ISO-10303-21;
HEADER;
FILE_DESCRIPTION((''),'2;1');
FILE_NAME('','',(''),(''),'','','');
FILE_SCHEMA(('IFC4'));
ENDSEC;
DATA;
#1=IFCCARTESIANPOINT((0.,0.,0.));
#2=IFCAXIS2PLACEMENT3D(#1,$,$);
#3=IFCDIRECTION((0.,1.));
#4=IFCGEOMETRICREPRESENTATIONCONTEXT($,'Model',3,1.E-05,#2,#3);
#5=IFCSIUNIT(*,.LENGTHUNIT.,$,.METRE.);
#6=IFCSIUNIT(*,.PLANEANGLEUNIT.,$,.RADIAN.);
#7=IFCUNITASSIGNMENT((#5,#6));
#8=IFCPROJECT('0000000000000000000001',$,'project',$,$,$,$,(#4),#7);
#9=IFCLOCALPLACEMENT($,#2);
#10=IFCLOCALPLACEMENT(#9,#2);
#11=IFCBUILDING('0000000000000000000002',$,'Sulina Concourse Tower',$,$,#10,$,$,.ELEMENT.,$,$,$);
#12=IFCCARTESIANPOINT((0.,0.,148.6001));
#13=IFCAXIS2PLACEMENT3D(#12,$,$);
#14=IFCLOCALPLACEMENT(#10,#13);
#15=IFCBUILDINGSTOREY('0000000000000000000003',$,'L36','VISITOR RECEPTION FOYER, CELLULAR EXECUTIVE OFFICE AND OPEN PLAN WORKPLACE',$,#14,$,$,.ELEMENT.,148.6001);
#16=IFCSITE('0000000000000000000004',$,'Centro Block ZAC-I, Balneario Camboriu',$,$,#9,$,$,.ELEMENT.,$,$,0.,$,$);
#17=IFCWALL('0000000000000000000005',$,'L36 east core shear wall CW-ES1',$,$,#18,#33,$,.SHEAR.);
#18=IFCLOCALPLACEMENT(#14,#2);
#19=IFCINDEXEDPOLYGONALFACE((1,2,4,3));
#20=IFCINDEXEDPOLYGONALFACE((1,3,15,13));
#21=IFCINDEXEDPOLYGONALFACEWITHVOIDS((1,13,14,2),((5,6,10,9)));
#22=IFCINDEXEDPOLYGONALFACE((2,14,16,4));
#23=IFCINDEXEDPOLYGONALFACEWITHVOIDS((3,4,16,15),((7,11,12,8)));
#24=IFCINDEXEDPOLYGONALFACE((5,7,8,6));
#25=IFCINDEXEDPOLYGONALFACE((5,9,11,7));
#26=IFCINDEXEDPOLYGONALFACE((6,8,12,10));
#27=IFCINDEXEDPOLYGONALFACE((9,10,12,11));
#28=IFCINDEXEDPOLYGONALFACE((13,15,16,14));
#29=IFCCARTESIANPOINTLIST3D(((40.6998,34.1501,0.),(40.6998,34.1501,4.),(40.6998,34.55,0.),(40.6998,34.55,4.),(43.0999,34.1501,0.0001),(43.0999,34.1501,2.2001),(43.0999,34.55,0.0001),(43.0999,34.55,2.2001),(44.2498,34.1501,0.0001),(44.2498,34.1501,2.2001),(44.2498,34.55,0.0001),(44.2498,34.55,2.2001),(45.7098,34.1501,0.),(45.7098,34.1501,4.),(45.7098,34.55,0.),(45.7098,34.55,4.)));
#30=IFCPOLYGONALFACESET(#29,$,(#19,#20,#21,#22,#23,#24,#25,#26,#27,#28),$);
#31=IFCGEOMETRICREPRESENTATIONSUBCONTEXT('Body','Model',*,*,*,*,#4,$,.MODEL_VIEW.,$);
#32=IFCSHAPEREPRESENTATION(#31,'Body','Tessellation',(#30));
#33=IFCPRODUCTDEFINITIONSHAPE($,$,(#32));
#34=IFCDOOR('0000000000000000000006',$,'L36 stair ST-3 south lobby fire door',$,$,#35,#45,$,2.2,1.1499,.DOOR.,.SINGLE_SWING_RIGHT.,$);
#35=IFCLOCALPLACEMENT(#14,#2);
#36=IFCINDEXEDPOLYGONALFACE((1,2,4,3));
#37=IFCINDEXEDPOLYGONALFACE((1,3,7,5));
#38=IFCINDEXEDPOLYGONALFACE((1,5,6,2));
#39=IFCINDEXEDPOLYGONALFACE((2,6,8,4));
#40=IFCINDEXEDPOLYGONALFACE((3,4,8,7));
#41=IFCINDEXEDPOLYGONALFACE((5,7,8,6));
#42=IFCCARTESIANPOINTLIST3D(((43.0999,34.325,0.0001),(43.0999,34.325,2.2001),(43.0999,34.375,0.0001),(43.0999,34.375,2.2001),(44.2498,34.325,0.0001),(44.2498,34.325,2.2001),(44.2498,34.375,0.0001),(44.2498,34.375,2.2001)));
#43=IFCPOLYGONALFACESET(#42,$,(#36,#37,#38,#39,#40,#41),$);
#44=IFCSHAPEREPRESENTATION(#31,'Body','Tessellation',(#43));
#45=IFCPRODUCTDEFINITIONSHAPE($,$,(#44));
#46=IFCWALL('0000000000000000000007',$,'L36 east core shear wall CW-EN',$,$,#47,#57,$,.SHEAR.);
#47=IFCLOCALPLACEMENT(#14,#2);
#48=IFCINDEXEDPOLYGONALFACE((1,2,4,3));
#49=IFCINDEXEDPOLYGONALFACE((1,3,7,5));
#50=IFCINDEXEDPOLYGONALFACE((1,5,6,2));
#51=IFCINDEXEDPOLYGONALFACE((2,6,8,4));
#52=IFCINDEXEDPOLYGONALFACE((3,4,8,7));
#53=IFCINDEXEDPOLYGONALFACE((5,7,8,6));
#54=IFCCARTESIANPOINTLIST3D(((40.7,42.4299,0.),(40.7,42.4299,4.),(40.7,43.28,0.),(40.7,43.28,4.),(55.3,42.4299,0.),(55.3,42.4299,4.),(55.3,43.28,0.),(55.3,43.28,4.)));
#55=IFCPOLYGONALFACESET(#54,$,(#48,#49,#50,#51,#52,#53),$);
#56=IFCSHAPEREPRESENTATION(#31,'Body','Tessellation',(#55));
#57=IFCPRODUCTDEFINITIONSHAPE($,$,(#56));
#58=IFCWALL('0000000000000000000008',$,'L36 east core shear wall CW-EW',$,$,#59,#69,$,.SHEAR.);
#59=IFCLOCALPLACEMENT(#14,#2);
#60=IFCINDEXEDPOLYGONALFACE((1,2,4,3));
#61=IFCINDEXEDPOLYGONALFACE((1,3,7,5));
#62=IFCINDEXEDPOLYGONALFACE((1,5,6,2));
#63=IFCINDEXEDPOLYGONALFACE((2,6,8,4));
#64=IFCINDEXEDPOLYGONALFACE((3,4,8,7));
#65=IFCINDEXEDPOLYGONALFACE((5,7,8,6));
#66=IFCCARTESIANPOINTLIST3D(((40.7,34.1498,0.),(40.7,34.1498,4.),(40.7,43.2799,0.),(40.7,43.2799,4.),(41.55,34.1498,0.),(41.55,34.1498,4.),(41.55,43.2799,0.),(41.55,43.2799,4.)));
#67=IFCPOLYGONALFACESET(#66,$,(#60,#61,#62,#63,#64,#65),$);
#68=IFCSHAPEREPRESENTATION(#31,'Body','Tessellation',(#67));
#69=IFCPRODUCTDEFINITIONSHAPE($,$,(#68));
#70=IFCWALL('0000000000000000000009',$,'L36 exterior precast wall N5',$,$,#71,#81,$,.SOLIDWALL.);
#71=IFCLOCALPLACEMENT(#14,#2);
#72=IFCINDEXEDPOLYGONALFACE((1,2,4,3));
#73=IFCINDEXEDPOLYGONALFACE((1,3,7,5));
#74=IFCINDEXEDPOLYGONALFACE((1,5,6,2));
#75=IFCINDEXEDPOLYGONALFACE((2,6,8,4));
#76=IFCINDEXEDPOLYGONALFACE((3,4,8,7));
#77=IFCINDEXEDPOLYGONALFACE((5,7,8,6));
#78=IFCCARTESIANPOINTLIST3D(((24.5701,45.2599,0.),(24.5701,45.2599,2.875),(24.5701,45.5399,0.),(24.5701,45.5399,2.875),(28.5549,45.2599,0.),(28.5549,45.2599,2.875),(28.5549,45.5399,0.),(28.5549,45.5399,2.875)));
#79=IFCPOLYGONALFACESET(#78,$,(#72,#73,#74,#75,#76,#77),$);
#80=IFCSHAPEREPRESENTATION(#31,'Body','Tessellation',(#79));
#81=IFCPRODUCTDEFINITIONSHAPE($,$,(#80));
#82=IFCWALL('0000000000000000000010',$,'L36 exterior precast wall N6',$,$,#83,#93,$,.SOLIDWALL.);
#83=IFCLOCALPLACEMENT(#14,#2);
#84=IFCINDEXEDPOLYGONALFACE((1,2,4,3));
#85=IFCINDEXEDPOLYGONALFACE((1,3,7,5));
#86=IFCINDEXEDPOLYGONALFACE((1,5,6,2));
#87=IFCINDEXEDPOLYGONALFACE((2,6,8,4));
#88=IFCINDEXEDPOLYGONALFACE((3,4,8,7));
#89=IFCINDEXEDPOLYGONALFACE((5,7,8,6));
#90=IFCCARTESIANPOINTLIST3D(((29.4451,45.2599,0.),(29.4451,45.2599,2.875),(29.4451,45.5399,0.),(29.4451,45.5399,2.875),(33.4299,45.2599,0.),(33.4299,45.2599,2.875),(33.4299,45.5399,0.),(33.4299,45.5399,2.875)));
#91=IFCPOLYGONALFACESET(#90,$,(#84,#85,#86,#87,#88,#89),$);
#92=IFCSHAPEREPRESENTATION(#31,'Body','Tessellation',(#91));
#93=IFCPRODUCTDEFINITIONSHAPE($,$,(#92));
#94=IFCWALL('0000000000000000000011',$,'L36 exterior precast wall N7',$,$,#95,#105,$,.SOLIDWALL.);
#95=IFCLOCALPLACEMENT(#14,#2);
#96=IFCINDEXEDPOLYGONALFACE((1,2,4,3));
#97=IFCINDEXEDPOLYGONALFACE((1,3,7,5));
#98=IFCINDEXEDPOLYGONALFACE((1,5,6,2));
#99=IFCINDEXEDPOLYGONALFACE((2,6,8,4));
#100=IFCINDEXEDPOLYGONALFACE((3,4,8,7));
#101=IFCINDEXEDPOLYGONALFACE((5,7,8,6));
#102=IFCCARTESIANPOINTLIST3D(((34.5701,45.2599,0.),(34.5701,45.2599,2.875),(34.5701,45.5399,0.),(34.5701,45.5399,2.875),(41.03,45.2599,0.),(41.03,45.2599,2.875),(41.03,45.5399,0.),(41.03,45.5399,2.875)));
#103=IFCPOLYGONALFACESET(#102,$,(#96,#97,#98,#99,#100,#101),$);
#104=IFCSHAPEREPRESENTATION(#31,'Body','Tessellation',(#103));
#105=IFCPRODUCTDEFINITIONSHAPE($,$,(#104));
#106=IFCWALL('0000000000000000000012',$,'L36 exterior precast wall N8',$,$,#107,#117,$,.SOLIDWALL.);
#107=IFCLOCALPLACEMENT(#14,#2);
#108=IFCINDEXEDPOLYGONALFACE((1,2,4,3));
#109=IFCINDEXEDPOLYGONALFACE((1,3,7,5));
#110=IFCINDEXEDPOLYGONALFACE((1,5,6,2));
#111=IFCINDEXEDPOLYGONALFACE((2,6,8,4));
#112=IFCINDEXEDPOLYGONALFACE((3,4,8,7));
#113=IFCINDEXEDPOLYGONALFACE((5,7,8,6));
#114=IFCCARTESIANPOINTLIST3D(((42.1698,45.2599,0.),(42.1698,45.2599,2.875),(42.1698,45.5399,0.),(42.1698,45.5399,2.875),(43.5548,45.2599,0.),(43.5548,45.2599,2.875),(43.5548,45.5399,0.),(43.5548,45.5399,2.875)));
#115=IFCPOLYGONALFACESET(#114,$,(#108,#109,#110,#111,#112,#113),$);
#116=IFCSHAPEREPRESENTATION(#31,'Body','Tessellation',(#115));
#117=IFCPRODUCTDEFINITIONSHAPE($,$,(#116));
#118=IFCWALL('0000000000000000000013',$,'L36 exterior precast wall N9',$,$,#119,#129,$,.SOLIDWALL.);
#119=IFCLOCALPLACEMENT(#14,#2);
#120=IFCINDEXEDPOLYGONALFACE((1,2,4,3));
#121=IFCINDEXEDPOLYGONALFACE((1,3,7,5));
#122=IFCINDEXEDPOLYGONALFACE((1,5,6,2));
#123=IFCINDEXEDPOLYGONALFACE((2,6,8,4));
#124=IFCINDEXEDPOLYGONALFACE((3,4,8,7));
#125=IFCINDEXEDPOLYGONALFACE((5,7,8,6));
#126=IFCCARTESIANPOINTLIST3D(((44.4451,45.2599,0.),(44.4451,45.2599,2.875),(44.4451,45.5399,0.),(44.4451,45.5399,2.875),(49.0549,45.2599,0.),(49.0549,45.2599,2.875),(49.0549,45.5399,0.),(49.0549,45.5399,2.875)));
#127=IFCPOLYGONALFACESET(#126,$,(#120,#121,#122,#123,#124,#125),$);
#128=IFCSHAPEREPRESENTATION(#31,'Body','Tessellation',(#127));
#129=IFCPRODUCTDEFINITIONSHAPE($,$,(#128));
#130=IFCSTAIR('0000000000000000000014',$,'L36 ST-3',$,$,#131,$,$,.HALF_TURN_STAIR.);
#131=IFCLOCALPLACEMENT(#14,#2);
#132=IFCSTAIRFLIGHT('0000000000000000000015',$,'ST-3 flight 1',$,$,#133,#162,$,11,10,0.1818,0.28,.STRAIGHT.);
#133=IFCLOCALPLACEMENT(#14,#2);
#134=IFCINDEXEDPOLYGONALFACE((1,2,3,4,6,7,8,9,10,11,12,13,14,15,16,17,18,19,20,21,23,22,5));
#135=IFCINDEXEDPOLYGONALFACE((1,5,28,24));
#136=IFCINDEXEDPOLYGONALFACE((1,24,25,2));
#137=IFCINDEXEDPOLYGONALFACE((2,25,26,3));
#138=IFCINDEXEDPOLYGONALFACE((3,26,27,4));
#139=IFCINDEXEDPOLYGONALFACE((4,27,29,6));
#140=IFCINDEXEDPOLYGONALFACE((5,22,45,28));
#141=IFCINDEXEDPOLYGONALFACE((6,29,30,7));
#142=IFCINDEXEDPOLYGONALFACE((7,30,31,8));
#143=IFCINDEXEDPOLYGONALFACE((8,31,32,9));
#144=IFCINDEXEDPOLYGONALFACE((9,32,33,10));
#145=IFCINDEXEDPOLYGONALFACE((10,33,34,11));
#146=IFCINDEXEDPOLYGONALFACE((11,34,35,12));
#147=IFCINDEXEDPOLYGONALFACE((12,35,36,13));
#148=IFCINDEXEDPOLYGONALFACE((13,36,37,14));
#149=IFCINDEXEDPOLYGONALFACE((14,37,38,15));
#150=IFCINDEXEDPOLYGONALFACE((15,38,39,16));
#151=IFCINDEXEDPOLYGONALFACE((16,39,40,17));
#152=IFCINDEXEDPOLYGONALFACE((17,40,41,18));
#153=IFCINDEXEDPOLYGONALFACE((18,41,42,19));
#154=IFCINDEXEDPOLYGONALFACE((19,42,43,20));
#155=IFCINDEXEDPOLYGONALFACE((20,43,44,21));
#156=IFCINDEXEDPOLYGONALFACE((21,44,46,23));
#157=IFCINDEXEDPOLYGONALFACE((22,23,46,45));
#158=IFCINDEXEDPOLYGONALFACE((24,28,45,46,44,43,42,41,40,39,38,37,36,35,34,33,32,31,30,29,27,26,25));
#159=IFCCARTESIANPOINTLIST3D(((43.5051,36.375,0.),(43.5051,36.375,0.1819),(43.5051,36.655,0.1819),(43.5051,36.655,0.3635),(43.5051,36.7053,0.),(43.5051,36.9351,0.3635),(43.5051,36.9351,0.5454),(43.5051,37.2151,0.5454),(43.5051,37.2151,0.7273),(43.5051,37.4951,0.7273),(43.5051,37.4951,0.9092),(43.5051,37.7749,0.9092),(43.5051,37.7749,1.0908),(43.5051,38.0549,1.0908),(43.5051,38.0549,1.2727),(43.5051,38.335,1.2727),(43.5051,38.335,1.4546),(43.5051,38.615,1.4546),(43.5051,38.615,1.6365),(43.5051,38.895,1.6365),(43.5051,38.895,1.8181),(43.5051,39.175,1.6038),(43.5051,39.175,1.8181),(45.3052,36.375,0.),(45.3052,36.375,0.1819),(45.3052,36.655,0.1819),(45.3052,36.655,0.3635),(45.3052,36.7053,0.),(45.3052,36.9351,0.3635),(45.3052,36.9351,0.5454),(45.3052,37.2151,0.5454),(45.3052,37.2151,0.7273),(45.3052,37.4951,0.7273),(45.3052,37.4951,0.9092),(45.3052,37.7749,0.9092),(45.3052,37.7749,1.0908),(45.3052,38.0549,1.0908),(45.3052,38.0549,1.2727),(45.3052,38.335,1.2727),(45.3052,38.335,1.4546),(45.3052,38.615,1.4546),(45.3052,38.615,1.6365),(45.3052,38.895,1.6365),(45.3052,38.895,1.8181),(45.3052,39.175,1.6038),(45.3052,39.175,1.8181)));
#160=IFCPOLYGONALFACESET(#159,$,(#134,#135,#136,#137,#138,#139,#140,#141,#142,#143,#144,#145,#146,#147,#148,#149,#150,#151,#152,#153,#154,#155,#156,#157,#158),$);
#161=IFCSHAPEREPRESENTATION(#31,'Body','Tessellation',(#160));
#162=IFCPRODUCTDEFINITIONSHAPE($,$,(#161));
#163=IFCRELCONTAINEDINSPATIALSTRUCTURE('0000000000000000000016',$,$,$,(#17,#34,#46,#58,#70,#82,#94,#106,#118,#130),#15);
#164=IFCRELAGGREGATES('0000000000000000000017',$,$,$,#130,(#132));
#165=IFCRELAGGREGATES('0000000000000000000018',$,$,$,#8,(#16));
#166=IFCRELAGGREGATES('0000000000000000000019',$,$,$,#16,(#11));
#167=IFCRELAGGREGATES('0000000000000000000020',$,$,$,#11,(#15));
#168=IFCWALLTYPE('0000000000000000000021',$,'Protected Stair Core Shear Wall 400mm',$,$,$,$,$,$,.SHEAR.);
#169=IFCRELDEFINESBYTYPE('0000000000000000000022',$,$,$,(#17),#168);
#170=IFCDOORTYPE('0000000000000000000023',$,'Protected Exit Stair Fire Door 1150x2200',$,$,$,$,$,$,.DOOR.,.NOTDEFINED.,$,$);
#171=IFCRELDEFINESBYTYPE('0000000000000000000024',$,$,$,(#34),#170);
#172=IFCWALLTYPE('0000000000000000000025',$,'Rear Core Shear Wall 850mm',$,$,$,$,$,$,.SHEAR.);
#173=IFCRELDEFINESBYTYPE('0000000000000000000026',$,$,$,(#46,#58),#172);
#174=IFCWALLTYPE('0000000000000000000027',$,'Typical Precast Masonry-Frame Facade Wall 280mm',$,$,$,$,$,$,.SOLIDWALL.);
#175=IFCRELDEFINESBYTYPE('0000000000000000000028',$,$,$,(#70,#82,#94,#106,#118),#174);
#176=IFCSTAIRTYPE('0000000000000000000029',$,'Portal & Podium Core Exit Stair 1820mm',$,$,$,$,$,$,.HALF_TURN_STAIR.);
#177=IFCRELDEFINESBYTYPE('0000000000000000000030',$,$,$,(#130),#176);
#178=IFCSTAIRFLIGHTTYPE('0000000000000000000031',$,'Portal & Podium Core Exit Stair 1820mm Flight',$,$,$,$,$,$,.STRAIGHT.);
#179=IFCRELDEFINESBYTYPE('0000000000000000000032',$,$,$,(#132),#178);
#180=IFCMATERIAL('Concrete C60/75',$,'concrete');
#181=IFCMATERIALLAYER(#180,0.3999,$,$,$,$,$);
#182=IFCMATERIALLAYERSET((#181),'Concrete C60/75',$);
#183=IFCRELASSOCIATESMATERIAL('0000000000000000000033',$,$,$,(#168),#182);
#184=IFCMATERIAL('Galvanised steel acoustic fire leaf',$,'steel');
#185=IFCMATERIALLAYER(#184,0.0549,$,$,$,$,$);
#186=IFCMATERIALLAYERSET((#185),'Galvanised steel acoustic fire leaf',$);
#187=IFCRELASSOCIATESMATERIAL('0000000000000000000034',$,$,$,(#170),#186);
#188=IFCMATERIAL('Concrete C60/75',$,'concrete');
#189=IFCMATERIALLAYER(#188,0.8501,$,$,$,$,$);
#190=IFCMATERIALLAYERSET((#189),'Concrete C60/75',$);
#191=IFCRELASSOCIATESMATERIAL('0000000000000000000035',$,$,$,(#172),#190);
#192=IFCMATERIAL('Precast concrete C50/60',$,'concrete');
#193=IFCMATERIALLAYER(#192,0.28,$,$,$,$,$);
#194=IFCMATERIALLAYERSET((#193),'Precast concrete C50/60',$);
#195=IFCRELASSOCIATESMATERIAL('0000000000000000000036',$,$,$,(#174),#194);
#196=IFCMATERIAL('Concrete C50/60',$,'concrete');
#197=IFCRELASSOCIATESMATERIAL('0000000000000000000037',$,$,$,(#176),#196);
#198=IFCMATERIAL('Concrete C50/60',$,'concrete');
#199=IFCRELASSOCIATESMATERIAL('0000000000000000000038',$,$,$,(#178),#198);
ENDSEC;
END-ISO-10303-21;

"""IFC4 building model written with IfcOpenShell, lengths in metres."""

from ifc_helpers import new_model, si_unit, direction, frame, frame_2d, origin, place, context, subcontext, project, spatial, polyline, rectangle, outline, extrude, material, layer, layer_set, type_object, element, fill, aggregate, save


model = new_model("IFC4")

# Units and contexts
model_context = context("Model", 3, precision=1e-05, world=origin(), true_north=direction((0.0, 1.0)))
body_context = subcontext(model_context, "Body", "Model", "MODEL_VIEW")
ifc_project = project(units=[si_unit("LENGTHUNIT", "METRE"), si_unit("PLANEANGLEUNIT", "RADIAN")], contexts=[model_context])

# Site, building, storey
site_placement = place(None, origin())
site = spatial("IfcSite", under=ifc_project, at=site_placement, Name="Centro Block ZAC-I, Balneario Camboriu", CompositionType="ELEMENT", RefElevation=0.0)
building_placement = place(site_placement, origin())
building = spatial("IfcBuilding", under=site, at=building_placement, Name="Sulina Concourse Tower", CompositionType="ELEMENT")
storey_placement = place(building_placement, frame((0.0, 0.0, 148.6001)))
storey = spatial("IfcBuildingStorey", under=building, at=storey_placement, Name="L36", Description="VISITOR RECEPTION FOYER, CELLULAR EXECUTIVE OFFICE AND OPEN PLAN WORKPLACE", CompositionType="ELEMENT", Elevation=148.6001)

# Wall, opening, door
ifc_material_1 = material(Name="Concrete C60/75", Category="concrete")
ifc_layer_1 = layer(ifc_material_1, 0.3999)
ifc_layer_set_1 = layer_set([ifc_layer_1], Name="Concrete C60/75")
wall_type_1 = type_object("IfcWallType", Name="Protected Stair Core Shear Wall 400mm", PredefinedType="SHEAR", material=ifc_layer_set_1)
wall_1_placement = place(storey_placement, frame((40.7, 34.3501, 0.0), z_axis=(0.0, 0.0, 1.0), x_axis=(1.0, 0.0, 0.0)))
wall_1 = element("IfcWall", 1, at=wall_1_placement, inside=storey, type_object=wall_type_1, Name="L36 east core shear wall CW-ES1", PredefinedType="SHEAR", context=body_context, shape_type="SweptSolid", body=[
    extrude(rectangle(XDim=5.01, YDim=0.3999, at=frame_2d((2.5049, 0.0))), origin(), (0.0, 0.0, 1.0), 4.0),
])
opening_1_placement = place(wall_1_placement, frame((2.3999, 0.0, 0.0)))
opening_1 = element("IfcOpeningElement", 2, at=opening_1_placement, cuts=wall_1, PredefinedType="OPENING", context=body_context, shape_type="SweptSolid", body=[
    extrude(rectangle(XDim=1.1499, YDim=2.2, at=frame_2d((0.575, 1.1001))), frame((0.0, 0.21, 0.0), z_axis=(0.0, -1.0, 0.0), x_axis=(1.0, 0.0, 0.0)), (0.0, 0.0, 1.0), 0.4199),
])
ifc_material_2 = material(Name="Galvanised steel acoustic fire leaf", Category="steel")
ifc_layer_2 = layer(ifc_material_2, 0.0549)
ifc_layer_set_2 = layer_set([ifc_layer_2], Name="Galvanised steel acoustic fire leaf")
door_type_1 = type_object("IfcDoorType", Name="Protected Exit Stair Fire Door 1150x2200", OperationType="NOTDEFINED", PredefinedType="DOOR", material=ifc_layer_set_2)
door_1_placement = place(opening_1_placement, origin())
door_1 = element("IfcDoor", 3, at=door_1_placement, inside=storey, type_object=door_type_1, Name="L36 stair ST-3 south lobby fire door", OperationType="SINGLE_SWING_RIGHT", OverallHeight=2.2, OverallWidth=1.1499, PredefinedType="DOOR", context=body_context, shape_type="SweptSolid", body=[
    extrude(rectangle(XDim=1.1499, YDim=2.2, at=frame_2d((0.575, 1.1001))), frame((0.0, 0.0249, 0.0), z_axis=(0.0, -1.0, 0.0), x_axis=(1.0, 0.0, 0.0)), (0.0, 0.0, 1.0), 0.05),
])
fill(opening_1, door_1)

# Walls
ifc_material_3 = material(Name="Concrete C60/75", Category="concrete")
ifc_layer_3 = layer(ifc_material_3, 0.8501)
ifc_layer_set_3 = layer_set([ifc_layer_3], Name="Concrete C60/75")
wall_type_2 = type_object("IfcWallType", Name="Rear Core Shear Wall 850mm", PredefinedType="SHEAR", material=ifc_layer_set_3)
wall_2_placement = place(storey_placement, frame((40.7, 42.855, 0.0), z_axis=(0.0, 0.0, 1.0), x_axis=(1.0, 0.0, 0.0)))
element("IfcWall", 4, at=wall_2_placement, inside=storey, type_object=wall_type_2, Name="L36 east core shear wall CW-EN", PredefinedType="SHEAR", context=body_context, shape_type="SweptSolid", body=[
    extrude(rectangle(XDim=14.6001, YDim=0.8501, at=frame_2d((7.3, 0.0))), origin(), (0.0, 0.0, 1.0), 4.0),
])
wall_3_placement = place(storey_placement, frame((41.125, 34.1499, 0.0), z_axis=(0.0, 0.0, 1.0), x_axis=(0.0, 1.0, 0.0)))
element("IfcWall", 5, at=wall_3_placement, inside=storey, type_object=wall_type_2, Name="L36 east core shear wall CW-EW", PredefinedType="SHEAR", context=body_context, shape_type="SweptSolid", body=[
    extrude(rectangle(XDim=9.1301, YDim=0.8501, at=frame_2d((4.5649, 0.0))), origin(), (0.0, 0.0, 1.0), 4.0),
])
ifc_material_4 = material(Name="Precast concrete C50/60", Category="concrete")
ifc_layer_4 = layer(ifc_material_4, 0.28)
ifc_layer_set_4 = layer_set([ifc_layer_4], Name="Precast concrete C50/60")
wall_type_3 = type_object("IfcWallType", Name="Typical Precast Masonry-Frame Facade Wall 280mm", PredefinedType="SOLIDWALL", material=ifc_layer_set_4)
for number, where, z_axis, x_axis, name in (
    (6, (24.5701, 45.3999, 0.0), (0.0, 0.0, 1.0), (1.0, 0.0, 0.0), "L36 exterior precast wall N5"),
    (7, (29.4451, 45.3999, 0.0), (0.0, 0.0, 1.0), (1.0, 0.0, 0.0), "L36 exterior precast wall N6"),
):
    element("IfcWall", number, at=place(storey_placement, frame(where, z_axis=z_axis, x_axis=x_axis)), inside=storey, type_object=wall_type_3, Name=name, PredefinedType="SOLIDWALL", context=body_context, shape_type="SweptSolid", body=[
        extrude(rectangle(XDim=3.9849, YDim=0.28, at=frame_2d((1.9924, 0.0))), origin(), (0.0, 0.0, 1.0), 2.875),
    ])
wall_4_placement = place(storey_placement, frame((34.5701, 45.3999, 0.0), z_axis=(0.0, 0.0, 1.0), x_axis=(1.0, 0.0, 0.0)))
element("IfcWall", 8, at=wall_4_placement, inside=storey, type_object=wall_type_3, Name="L36 exterior precast wall N7", PredefinedType="SOLIDWALL", context=body_context, shape_type="SweptSolid", body=[
    extrude(rectangle(XDim=6.46, YDim=0.28, at=frame_2d((3.23, 0.0))), origin(), (0.0, 0.0, 1.0), 2.875),
])
wall_5_placement = place(storey_placement, frame((42.1699, 45.3999, 0.0), z_axis=(0.0, 0.0, 1.0), x_axis=(1.0, 0.0, 0.0)))
element("IfcWall", 9, at=wall_5_placement, inside=storey, type_object=wall_type_3, Name="L36 exterior precast wall N8", PredefinedType="SOLIDWALL", context=body_context, shape_type="SweptSolid", body=[
    extrude(rectangle(XDim=1.385, YDim=0.28, at=frame_2d((0.6924, 0.0))), origin(), (0.0, 0.0, 1.0), 2.875),
])
wall_6_placement = place(storey_placement, frame((44.4451, 45.3999, 0.0), z_axis=(0.0, 0.0, 1.0), x_axis=(1.0, 0.0, 0.0)))
element("IfcWall", 10, at=wall_6_placement, inside=storey, type_object=wall_type_3, Name="L36 exterior precast wall N9", PredefinedType="SOLIDWALL", context=body_context, shape_type="SweptSolid", body=[
    extrude(rectangle(XDim=4.6099, YDim=0.28, at=frame_2d((2.3049, 0.0))), origin(), (0.0, 0.0, 1.0), 2.875),
])

# Stair, stair flight
ifc_material_5 = material(Name="Concrete C50/60", Category="concrete")
stair_type = type_object("IfcStairType", Name="Portal & Podium Core Exit Stair 1820mm", PredefinedType="HALF_TURN_STAIR", material=ifc_material_5)
stair_placement = place(storey_placement, origin())
stair = element("IfcStair", 11, at=stair_placement, inside=storey, type_object=stair_type, Name="L36 ST-3", PredefinedType="HALF_TURN_STAIR")
ifc_material_6 = material(Name="Concrete C50/60", Category="concrete")
stair_flight_type = type_object("IfcStairFlightType", Name="Portal & Podium Core Exit Stair 1820mm Flight", PredefinedType="STRAIGHT", material=ifc_material_6)
stair_flight_1_placement = place(storey_placement, frame((44.405, 36.375, 0.0), z_axis=(0.0, 0.0, 1.0), x_axis=(0.0, 1.0, 0.0)))
stair_flight_1 = element("IfcStairFlight", 12, at=stair_flight_1_placement, type_object=stair_flight_type, Name="ST-3 flight 1", NumberOfRisers=11, NumberOfTreads=10, PredefinedType="STRAIGHT", RiserHeight=0.1818, TreadLength=0.28, context=body_context, shape_type="SweptSolid", body=[
    extrude(outline(polyline([(0.0, 0.0), (0.0, 0.1819), (0.28, 0.1819), (0.28, 0.3635), (0.5601, 0.3635), (0.5601, 0.5454), (0.8401, 0.5454), (0.8401, 0.7273), (1.1201, 0.7273), (1.1201, 0.9092), (1.3999, 0.9092), (1.3999, 1.0908), (1.6799, 1.0908), (1.6799, 1.2727), (1.96, 1.2727), (1.96, 1.4546), (2.24, 1.4546), (2.24, 1.6365), (2.52, 1.6365), (2.52, 1.8181), (2.8, 1.8181), (2.8, 2.0), (2.8, 1.6038), (0.3303, 0.0), (0.0, 0.0)])), frame((0.0, 0.8999, 0.0), z_axis=(0.0, -1.0, 0.0), x_axis=(1.0, 0.0, 0.0)), (0.0, 0.0, 1.0), 1.8),
])
aggregate(stair, [stair_flight_1])

save(model, "model.ifc")
